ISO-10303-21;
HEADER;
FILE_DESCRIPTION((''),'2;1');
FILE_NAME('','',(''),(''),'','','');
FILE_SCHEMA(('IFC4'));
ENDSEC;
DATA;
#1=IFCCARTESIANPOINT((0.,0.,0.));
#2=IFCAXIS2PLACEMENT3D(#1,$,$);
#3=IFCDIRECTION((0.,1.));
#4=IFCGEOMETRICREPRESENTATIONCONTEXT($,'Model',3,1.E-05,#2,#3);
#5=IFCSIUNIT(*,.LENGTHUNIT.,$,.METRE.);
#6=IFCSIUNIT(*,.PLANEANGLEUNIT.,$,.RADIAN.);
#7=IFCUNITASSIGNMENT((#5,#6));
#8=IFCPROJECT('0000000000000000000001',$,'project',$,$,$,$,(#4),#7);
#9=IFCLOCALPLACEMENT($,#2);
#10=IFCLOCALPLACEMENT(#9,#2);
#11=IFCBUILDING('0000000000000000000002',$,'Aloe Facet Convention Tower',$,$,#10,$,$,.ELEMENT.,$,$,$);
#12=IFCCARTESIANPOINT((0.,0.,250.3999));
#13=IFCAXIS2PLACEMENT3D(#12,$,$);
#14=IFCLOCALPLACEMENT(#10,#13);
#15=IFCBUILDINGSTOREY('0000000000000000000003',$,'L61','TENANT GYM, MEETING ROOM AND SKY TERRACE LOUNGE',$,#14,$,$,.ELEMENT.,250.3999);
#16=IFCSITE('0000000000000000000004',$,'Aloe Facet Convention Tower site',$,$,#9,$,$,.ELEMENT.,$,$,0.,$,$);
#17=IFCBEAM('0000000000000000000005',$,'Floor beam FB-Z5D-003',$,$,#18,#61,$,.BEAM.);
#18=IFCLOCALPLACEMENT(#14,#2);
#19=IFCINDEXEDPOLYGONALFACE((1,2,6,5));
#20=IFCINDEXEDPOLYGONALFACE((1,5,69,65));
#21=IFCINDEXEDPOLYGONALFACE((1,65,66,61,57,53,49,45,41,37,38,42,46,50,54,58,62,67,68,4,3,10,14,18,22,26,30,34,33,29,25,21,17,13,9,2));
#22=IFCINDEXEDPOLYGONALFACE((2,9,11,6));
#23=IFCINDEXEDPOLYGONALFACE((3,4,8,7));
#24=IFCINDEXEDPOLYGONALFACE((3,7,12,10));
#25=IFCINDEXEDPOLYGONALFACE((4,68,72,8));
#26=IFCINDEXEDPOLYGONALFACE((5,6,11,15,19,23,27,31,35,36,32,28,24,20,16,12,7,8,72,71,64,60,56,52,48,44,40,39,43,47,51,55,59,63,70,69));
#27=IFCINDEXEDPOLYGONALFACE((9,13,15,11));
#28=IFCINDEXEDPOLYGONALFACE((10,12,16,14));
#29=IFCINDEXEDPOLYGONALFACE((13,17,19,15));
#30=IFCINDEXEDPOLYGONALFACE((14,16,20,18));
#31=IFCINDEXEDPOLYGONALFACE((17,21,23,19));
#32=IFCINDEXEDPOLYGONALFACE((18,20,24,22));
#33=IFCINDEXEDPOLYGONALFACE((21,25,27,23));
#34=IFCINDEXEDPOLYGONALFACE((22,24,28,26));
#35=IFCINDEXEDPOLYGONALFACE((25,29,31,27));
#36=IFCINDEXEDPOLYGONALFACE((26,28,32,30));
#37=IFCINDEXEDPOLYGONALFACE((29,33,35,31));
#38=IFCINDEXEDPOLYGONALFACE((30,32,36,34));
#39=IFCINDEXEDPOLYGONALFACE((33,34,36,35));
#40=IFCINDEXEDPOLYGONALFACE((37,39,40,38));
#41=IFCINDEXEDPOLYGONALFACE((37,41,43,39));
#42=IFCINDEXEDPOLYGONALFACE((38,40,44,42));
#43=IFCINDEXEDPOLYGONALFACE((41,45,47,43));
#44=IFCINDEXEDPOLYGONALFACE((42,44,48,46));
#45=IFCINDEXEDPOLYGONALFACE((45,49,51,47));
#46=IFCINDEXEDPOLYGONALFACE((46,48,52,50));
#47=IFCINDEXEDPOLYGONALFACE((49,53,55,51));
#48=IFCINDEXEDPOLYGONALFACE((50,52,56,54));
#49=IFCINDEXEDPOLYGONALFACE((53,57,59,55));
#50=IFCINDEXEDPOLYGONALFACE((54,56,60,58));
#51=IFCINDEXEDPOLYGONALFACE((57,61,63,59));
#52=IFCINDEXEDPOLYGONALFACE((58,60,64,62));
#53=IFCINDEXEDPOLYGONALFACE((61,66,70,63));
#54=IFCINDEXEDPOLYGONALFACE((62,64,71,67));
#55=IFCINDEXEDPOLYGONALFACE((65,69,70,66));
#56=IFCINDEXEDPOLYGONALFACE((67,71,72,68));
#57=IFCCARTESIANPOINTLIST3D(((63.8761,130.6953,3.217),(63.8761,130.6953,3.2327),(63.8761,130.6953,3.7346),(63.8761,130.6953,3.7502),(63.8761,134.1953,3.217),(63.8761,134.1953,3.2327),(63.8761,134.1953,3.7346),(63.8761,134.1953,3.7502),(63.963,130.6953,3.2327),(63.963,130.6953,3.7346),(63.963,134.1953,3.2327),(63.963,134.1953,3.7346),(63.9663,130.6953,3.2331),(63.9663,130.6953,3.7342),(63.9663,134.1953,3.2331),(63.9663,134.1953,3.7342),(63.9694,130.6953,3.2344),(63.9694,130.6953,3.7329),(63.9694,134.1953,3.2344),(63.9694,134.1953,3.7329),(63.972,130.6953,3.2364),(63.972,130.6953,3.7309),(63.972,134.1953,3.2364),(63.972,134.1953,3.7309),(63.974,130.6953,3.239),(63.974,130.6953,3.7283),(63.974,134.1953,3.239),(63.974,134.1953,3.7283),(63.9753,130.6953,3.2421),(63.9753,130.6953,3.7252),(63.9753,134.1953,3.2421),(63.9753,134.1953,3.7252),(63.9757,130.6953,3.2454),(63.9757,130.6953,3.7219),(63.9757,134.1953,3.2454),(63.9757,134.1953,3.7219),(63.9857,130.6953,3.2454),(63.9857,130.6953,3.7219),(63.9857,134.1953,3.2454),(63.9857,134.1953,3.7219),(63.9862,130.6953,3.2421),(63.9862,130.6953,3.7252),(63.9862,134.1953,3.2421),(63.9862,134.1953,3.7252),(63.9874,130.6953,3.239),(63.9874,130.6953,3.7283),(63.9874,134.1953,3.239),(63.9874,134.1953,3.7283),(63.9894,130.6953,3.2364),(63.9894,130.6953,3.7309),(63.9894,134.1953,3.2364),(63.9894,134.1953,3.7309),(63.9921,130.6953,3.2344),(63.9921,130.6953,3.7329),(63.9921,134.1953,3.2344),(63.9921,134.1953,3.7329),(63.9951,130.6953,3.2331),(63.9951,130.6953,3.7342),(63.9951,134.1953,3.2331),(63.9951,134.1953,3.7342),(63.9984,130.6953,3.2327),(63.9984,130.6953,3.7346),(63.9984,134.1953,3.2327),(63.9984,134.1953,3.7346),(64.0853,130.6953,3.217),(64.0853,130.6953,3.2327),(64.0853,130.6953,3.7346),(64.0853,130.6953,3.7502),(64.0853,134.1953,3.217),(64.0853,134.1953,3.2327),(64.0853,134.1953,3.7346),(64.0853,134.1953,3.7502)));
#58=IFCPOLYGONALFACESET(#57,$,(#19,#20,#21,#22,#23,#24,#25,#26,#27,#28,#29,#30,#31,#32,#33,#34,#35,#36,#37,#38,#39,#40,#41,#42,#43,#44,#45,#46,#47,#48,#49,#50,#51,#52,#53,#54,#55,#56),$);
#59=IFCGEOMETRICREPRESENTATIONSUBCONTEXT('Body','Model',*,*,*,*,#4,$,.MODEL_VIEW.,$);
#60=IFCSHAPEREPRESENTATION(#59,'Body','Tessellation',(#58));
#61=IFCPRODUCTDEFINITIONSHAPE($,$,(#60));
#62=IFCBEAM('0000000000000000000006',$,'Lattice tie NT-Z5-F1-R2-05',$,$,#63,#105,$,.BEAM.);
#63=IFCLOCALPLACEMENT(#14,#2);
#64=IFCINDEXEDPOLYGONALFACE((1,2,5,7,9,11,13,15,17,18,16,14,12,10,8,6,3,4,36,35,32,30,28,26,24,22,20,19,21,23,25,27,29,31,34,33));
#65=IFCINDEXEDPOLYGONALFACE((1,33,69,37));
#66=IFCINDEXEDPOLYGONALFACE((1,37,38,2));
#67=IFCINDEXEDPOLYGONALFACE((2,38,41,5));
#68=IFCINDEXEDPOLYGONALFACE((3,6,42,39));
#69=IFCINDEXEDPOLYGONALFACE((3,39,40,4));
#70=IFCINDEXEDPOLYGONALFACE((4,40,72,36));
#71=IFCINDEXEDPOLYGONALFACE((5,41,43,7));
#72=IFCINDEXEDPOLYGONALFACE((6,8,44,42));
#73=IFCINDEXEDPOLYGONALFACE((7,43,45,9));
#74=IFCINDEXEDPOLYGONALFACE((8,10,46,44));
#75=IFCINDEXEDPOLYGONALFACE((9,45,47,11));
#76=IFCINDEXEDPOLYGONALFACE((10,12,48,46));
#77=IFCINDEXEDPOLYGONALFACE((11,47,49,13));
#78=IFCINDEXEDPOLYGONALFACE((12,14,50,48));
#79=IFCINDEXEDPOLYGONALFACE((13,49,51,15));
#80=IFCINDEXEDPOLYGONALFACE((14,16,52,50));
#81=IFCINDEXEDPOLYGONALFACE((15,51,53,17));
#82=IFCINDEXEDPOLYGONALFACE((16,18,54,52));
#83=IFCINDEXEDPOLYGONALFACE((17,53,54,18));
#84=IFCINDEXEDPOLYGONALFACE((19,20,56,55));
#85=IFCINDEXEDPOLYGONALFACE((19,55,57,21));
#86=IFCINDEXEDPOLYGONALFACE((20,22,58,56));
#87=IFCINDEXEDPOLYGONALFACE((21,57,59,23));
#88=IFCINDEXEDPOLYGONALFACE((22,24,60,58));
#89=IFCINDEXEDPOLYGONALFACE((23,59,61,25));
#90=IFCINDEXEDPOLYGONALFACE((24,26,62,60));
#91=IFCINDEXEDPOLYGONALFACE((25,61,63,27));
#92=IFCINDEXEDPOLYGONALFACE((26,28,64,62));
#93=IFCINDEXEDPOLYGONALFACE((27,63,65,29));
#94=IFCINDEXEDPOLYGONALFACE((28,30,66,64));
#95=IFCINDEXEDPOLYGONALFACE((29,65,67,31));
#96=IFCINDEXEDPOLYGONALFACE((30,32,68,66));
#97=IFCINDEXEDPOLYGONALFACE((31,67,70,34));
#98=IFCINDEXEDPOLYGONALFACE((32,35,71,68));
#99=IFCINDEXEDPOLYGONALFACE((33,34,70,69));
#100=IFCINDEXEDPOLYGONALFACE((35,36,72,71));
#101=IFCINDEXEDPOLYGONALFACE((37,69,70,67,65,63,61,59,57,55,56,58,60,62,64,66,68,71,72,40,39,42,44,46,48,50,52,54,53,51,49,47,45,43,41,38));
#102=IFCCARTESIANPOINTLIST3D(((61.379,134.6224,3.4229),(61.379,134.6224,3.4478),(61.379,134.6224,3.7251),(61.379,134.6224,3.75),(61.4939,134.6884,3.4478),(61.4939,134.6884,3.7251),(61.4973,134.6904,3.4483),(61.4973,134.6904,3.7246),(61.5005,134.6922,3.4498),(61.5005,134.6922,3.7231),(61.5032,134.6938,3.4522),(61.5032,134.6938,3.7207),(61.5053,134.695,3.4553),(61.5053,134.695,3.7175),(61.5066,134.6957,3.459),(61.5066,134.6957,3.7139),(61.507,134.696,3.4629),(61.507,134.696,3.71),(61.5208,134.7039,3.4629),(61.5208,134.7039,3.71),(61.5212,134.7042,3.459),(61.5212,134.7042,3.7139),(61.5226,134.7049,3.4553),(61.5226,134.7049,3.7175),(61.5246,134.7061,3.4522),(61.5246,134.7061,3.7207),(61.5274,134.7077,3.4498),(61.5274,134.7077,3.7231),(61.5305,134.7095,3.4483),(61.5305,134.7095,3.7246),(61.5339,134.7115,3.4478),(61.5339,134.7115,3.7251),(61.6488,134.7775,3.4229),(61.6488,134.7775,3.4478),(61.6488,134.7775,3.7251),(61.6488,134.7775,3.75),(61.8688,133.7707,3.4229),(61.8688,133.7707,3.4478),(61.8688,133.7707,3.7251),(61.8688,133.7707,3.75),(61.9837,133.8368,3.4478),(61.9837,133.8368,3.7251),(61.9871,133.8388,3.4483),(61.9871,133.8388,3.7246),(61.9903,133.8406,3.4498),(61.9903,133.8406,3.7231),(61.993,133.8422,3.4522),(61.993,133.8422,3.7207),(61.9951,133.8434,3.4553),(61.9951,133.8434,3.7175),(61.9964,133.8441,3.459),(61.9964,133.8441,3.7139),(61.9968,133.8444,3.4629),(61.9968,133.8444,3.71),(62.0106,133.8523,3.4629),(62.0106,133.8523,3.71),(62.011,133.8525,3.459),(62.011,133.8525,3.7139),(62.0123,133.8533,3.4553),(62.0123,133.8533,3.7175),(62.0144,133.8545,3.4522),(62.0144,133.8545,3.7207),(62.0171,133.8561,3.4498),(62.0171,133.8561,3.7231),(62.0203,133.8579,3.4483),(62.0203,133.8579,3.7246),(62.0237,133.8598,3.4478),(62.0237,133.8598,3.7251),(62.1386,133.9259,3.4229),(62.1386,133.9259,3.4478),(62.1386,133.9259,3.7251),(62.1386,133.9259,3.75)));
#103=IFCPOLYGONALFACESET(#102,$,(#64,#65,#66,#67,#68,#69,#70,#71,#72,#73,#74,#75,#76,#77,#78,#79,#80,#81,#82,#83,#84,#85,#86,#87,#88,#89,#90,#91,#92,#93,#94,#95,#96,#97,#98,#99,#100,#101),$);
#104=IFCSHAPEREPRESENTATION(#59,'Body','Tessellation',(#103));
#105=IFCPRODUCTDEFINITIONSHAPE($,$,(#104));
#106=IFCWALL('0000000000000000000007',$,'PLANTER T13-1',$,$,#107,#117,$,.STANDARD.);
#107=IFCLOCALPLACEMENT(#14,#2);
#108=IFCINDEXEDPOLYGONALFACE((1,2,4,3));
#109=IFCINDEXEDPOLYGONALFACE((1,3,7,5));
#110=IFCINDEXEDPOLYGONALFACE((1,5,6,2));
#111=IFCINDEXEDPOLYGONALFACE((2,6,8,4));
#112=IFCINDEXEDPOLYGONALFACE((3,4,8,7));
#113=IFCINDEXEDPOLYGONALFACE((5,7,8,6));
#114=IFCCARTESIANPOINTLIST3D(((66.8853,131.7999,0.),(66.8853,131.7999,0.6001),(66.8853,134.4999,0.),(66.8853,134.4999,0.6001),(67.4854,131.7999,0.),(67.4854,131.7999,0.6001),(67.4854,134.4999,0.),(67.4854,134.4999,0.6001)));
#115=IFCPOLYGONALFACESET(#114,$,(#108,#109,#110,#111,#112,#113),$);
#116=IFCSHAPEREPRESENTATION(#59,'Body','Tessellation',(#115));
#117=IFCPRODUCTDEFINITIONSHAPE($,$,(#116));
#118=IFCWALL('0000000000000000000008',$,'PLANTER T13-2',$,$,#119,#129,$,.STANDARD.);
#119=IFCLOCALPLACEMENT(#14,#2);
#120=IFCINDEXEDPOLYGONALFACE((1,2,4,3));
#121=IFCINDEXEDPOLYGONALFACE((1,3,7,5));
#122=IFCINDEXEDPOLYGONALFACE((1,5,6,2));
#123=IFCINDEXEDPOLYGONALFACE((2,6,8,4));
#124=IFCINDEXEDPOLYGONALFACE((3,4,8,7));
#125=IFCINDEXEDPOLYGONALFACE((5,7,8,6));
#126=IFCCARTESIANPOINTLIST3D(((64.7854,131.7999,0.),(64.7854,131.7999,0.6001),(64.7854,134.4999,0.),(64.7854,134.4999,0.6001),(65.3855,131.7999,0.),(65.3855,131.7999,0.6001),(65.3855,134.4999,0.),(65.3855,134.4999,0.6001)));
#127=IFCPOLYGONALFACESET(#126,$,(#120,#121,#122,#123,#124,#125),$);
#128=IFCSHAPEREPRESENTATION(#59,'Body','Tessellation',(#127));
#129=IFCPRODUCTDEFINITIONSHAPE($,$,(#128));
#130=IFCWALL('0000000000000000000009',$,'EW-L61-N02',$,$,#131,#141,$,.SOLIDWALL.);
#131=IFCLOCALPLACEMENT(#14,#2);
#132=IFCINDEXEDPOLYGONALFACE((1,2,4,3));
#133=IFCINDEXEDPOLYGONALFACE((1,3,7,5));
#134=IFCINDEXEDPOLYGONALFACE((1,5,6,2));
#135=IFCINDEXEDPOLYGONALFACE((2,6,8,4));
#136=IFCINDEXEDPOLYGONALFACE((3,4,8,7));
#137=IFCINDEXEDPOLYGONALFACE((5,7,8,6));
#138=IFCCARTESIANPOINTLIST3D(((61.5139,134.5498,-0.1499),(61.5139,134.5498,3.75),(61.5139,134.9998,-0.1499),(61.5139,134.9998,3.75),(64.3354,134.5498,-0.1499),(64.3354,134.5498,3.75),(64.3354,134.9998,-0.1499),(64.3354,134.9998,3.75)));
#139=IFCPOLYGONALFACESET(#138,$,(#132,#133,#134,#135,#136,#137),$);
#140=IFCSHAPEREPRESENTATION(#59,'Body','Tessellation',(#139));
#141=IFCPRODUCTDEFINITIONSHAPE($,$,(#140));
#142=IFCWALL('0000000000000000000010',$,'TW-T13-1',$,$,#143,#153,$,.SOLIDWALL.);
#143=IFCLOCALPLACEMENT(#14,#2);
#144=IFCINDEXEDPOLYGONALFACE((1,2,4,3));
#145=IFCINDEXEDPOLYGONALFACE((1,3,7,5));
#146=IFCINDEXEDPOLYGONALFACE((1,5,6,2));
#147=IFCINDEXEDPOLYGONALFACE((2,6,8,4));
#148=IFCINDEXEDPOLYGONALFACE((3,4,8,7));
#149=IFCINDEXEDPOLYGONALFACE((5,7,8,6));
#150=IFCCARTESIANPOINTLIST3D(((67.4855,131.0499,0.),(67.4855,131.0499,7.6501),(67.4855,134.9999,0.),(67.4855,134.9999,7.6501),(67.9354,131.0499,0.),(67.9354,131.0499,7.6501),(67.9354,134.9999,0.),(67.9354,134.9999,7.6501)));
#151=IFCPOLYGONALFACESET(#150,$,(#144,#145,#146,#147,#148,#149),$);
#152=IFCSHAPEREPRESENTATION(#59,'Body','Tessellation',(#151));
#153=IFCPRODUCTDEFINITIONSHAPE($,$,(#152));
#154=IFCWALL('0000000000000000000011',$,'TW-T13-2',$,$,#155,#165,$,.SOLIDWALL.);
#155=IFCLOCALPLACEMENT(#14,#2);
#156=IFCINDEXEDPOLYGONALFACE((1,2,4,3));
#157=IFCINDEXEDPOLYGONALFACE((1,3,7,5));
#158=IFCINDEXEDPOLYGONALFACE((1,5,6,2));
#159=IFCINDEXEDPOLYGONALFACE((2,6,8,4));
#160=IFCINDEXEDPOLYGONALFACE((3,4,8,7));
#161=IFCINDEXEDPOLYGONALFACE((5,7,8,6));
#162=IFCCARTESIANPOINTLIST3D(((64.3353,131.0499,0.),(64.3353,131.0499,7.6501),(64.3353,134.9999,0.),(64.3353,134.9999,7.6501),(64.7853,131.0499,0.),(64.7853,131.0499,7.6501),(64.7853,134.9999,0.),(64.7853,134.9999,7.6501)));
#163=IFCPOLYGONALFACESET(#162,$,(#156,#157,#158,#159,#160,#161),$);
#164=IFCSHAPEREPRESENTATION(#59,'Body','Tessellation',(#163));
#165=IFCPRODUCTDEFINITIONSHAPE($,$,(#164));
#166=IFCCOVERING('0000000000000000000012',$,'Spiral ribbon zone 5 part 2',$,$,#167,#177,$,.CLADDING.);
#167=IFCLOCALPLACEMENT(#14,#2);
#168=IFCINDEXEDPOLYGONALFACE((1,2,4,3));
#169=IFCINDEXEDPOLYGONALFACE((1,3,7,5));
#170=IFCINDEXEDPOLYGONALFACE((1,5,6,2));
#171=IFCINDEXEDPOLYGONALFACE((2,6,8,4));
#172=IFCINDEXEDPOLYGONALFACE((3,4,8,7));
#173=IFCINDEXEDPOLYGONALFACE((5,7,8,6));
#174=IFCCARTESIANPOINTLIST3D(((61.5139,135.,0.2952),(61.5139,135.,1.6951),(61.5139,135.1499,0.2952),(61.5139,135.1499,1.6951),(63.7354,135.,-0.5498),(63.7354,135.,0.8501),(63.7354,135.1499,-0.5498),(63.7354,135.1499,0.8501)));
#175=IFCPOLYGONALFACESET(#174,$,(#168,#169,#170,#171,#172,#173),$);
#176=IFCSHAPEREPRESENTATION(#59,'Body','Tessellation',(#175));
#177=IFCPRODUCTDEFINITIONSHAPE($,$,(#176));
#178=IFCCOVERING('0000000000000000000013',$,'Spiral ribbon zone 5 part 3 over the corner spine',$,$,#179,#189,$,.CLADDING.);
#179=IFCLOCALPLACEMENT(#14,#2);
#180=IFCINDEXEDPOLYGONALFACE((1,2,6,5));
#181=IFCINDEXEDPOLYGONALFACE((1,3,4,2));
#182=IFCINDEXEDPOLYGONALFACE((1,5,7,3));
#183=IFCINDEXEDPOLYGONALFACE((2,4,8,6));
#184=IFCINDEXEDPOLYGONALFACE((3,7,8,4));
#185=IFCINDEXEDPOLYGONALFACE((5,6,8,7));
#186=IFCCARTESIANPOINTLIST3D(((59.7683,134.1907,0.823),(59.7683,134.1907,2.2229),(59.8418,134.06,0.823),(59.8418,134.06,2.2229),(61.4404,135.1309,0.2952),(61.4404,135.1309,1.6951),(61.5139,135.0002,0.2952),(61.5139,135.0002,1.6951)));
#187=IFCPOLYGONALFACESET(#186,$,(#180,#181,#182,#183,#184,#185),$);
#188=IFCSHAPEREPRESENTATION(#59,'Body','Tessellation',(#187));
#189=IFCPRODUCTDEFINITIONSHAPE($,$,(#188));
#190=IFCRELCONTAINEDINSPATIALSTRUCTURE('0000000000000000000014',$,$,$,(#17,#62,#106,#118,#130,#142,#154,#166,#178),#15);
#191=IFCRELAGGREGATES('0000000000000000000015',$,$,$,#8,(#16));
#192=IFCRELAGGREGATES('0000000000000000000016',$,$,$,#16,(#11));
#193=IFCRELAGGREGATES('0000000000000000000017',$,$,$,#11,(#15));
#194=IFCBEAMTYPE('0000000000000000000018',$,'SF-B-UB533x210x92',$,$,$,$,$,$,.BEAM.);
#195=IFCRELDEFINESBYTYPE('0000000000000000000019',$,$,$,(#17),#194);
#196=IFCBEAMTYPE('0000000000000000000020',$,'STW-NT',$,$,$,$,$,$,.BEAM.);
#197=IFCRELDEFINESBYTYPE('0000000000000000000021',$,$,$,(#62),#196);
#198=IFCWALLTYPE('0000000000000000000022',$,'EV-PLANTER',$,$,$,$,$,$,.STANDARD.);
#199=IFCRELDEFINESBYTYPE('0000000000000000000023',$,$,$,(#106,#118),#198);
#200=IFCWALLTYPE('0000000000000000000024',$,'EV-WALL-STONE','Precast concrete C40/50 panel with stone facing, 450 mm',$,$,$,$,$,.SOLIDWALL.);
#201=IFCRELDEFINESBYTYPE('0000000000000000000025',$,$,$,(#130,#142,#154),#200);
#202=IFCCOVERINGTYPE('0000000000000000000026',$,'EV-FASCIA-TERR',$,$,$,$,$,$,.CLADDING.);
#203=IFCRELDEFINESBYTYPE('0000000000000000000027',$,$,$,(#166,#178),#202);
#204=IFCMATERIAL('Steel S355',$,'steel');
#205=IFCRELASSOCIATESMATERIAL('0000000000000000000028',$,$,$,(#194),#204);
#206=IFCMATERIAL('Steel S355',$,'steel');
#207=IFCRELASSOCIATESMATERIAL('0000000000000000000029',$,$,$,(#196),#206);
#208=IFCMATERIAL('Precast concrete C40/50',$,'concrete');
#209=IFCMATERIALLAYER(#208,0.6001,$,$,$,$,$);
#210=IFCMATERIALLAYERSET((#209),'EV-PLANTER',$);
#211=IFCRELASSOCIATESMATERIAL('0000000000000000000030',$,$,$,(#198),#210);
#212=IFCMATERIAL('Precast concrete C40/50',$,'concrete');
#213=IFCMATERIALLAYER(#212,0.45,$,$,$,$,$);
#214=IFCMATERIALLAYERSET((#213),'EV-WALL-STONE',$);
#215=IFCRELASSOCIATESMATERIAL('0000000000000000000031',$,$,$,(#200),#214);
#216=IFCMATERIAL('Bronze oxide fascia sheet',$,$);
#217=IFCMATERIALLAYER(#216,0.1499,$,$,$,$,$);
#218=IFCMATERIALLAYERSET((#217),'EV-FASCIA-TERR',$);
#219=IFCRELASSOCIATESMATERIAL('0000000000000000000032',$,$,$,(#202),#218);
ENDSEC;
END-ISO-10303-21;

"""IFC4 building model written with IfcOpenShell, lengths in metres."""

from ifc_helpers import new_model, si_unit, direction, frame, frame_2d, origin, origin_2d, place, context, subcontext, project, spatial, polyline, rectangle, i_section, outline, extrude, material, layer, layer_set, material_profile, profile_set, type_object, element, save


model = new_model("IFC4")

# Units and contexts
model_context = context("Model", 3, precision=1e-05, world=origin(), true_north=direction((0.0, 1.0)))
body_context = subcontext(model_context, "Body", "Model", "MODEL_VIEW")
ifc_project = project(units=[si_unit("LENGTHUNIT", "METRE"), si_unit("PLANEANGLEUNIT", "RADIAN")], contexts=[model_context])

# Site, building, storey
site_placement = place(None, origin())
site = spatial("IfcSite", under=ifc_project, at=site_placement, Name="Aloe Facet Convention Tower site", CompositionType="ELEMENT", RefElevation=0.0)
building_placement = place(site_placement, origin())
building = spatial("IfcBuilding", under=site, at=building_placement, Name="Aloe Facet Convention Tower", CompositionType="ELEMENT")
storey_placement = place(building_placement, frame((0.0, 0.0, 250.3999)))
storey = spatial("IfcBuildingStorey", under=building, at=storey_placement, Name="L61", Description="TENANT GYM, MEETING ROOM AND SKY TERRACE LOUNGE", CompositionType="ELEMENT", Elevation=250.3999)

# Beams
ifc_material_1 = material(Name="Steel S355", Category="steel")
ifc_material_profile_1 = material_profile(ifc_material_1, i_section(OverallWidth=0.2092, OverallDepth=0.5332, WebThickness=0.01, FlangeThickness=0.0156, FilletRadius=0.0127, at=origin_2d()), Name="UB 533x210x92")
ifc_profile_set_1 = profile_set([ifc_material_profile_1], Name="Steel S355")
beam_type_1 = type_object("IfcBeamType", Name="SF-B-UB533x210x92", PredefinedType="BEAM", material=ifc_profile_set_1)
beam_1_placement = place(storey_placement, frame((63.9807, 134.1953, 3.4836), z_axis=(0.0, -1.0, 0.0), x_axis=(1.0, 0.0, 0.0)))
element("IfcBeam", 1, at=beam_1_placement, inside=storey, type_object=beam_type_1, Name="Floor beam FB-Z5D-003", PredefinedType="BEAM", context=body_context, shape_type="SweptSolid", body=[
    extrude(i_section(OverallWidth=0.2092, OverallDepth=0.5332, WebThickness=0.01, FlangeThickness=0.0156, FilletRadius=0.0127, at=origin_2d()), origin(), (0.0, 0.0, 1.0), 3.5),
])
ifc_material_2 = material(Name="Steel S355", Category="steel")
ifc_material_profile_2 = material_profile(ifc_material_2, i_section(OverallWidth=0.3113, OverallDepth=0.3271, WebThickness=0.0159, FlangeThickness=0.0249, FilletRadius=0.0151, at=origin_2d()), Name="UC 305x305x158")
ifc_profile_set_2 = profile_set([ifc_material_profile_2], Name="Steel S355")
beam_type_2 = type_object("IfcBeamType", Name="STW-NT", PredefinedType="BEAM", material=ifc_profile_set_2)
beam_2_placement = place(storey_placement, frame((61.5139, 134.7, 3.5864), z_axis=(0.498546, -0.866863, 0.0), x_axis=(0.866863, 0.498546, 0.0)))
element("IfcBeam", 2, at=beam_2_placement, inside=storey, type_object=beam_type_2, Name="Lattice tie NT-Z5-F1-R2-05", PredefinedType="BEAM", context=body_context, shape_type="SweptSolid", body=[
    extrude(i_section(OverallWidth=0.3113, OverallDepth=0.3271, WebThickness=0.0159, FlangeThickness=0.0249, FilletRadius=0.0151, at=origin_2d()), origin(), (0.0, 0.0, 1.0), 0.9824),
])

# Walls
ifc_material_3 = material(Name="Precast concrete C40/50", Category="concrete")
ifc_layer_1 = layer(ifc_material_3, 0.6001)
ifc_layer_set_1 = layer_set([ifc_layer_1], Name="EV-PLANTER")
wall_type_1 = type_object("IfcWallType", Name="EV-PLANTER", PredefinedType="STANDARD", material=ifc_layer_set_1)
for number, where, z_axis, x_axis, name in (
    (3, (67.1853, 134.5, 0.0), (0.0, 0.0, 1.0), (0.0, -1.0, 0.0), "PLANTER T13-1"),
    (4, (65.0854, 134.5, 0.0), (0.0, 0.0, 1.0), (0.0, -1.0, 0.0), "PLANTER T13-2"),
):
    element("IfcWall", number, at=place(storey_placement, frame(where, z_axis=z_axis, x_axis=x_axis)), inside=storey, type_object=wall_type_1, Name=name, PredefinedType="STANDARD", context=body_context, shape_type="SweptSolid", body=[
        extrude(rectangle(XDim=2.7, YDim=0.6001, at=frame_2d((1.3501, 0.0))), origin(), (0.0, 0.0, 1.0), 0.6001),
    ])
ifc_material_4 = material(Name="Precast concrete C40/50", Category="concrete")
ifc_layer_2 = layer(ifc_material_4, 0.45)
ifc_layer_set_2 = layer_set([ifc_layer_2], Name="EV-WALL-STONE")
wall_type_2 = type_object("IfcWallType", Name="EV-WALL-STONE", Description="Precast concrete C40/50 panel with stone facing, 450 mm", PredefinedType="SOLIDWALL", material=ifc_layer_set_2)
wall_placement = place(storey_placement, frame((64.3354, 134.7749, -0.1499), z_axis=(0.0, 0.0, 1.0), x_axis=(-1.0, 0.0, 0.0)))
element("IfcWall", 5, at=wall_placement, inside=storey, type_object=wall_type_2, Name="EW-L61-N02", PredefinedType="SOLIDWALL", context=body_context, shape_type="SweptSolid", body=[
    extrude(outline(polyline([(2.8215, 3.8999), (2.8215, 0.0), (0.0, 0.0), (0.0, 3.8999), (2.8215, 3.8999)])), frame((0.0, 0.2251, 0.0), z_axis=(0.0, -1.0, 0.0), x_axis=(1.0, 0.0, 0.0)), (0.0, 0.0, 1.0), 0.45),
])
for number, where, z_axis, x_axis, name in (
    (6, (67.7104, 135.0, 0.0), (0.0, 0.0, 1.0), (0.0, -1.0, 0.0), "TW-T13-1"),
    (7, (64.5603, 135.0, 0.0), (0.0, 0.0, 1.0), (0.0, -1.0, 0.0), "TW-T13-2"),
):
    element("IfcWall", number, at=place(storey_placement, frame(where, z_axis=z_axis, x_axis=x_axis)), inside=storey, type_object=wall_type_2, Name=name, PredefinedType="SOLIDWALL", context=body_context, shape_type="SweptSolid", body=[
        extrude(rectangle(XDim=3.95, YDim=0.45, at=frame_2d((1.9751, 0.0))), origin(), (0.0, 0.0, 1.0), 7.6501),
    ])

# Coverings
ifc_material_5 = material(Name="Bronze oxide fascia sheet")
ifc_layer_3 = layer(ifc_material_5, 0.1499)
ifc_layer_set_3 = layer_set([ifc_layer_3], Name="EV-FASCIA-TERR")
covering_type = type_object("IfcCoveringType", Name="EV-FASCIA-TERR", PredefinedType="CLADDING", material=ifc_layer_set_3)
covering_1_placement = place(storey_placement, frame((63.7354, 135.1499, -0.5498), z_axis=(0.0, 1.0, 0.0), x_axis=(-0.934668, 0.0, 0.355521)))
element("IfcCovering", 8, at=covering_1_placement, inside=storey, type_object=covering_type, Name="Spiral ribbon zone 5 part 2", PredefinedType="CLADDING", context=body_context, shape_type="SweptSolid", body=[
    extrude(outline(polyline([(0.0, 0.0), (2.3767, 0.0), (2.8744, 1.3084), (0.4977, 1.3084), (0.0, 0.0)])), origin(), (0.0, 0.0, -1.0), 0.1499),
])
covering_2_placement = place(storey_placement, frame((61.4404, 135.1309, 0.2952), z_axis=(-0.49011, 0.87166, 0.0), x_axis=(-0.840427, -0.472548, 0.265295)))
element("IfcCovering", 9, at=covering_2_placement, inside=storey, type_object=covering_type, Name="Spiral ribbon zone 5 part 3 over the corner spine", PredefinedType="CLADDING", context=body_context, shape_type="SweptSolid", body=[
    extrude(outline(polyline([(0.0, 0.0), (1.9896, 0.0), (2.361, 1.3497), (0.3714, 1.3497), (0.0, 0.0)])), origin(), (0.0, 0.0, -1.0), 0.1499),
])

save(model, "model.ifc")
